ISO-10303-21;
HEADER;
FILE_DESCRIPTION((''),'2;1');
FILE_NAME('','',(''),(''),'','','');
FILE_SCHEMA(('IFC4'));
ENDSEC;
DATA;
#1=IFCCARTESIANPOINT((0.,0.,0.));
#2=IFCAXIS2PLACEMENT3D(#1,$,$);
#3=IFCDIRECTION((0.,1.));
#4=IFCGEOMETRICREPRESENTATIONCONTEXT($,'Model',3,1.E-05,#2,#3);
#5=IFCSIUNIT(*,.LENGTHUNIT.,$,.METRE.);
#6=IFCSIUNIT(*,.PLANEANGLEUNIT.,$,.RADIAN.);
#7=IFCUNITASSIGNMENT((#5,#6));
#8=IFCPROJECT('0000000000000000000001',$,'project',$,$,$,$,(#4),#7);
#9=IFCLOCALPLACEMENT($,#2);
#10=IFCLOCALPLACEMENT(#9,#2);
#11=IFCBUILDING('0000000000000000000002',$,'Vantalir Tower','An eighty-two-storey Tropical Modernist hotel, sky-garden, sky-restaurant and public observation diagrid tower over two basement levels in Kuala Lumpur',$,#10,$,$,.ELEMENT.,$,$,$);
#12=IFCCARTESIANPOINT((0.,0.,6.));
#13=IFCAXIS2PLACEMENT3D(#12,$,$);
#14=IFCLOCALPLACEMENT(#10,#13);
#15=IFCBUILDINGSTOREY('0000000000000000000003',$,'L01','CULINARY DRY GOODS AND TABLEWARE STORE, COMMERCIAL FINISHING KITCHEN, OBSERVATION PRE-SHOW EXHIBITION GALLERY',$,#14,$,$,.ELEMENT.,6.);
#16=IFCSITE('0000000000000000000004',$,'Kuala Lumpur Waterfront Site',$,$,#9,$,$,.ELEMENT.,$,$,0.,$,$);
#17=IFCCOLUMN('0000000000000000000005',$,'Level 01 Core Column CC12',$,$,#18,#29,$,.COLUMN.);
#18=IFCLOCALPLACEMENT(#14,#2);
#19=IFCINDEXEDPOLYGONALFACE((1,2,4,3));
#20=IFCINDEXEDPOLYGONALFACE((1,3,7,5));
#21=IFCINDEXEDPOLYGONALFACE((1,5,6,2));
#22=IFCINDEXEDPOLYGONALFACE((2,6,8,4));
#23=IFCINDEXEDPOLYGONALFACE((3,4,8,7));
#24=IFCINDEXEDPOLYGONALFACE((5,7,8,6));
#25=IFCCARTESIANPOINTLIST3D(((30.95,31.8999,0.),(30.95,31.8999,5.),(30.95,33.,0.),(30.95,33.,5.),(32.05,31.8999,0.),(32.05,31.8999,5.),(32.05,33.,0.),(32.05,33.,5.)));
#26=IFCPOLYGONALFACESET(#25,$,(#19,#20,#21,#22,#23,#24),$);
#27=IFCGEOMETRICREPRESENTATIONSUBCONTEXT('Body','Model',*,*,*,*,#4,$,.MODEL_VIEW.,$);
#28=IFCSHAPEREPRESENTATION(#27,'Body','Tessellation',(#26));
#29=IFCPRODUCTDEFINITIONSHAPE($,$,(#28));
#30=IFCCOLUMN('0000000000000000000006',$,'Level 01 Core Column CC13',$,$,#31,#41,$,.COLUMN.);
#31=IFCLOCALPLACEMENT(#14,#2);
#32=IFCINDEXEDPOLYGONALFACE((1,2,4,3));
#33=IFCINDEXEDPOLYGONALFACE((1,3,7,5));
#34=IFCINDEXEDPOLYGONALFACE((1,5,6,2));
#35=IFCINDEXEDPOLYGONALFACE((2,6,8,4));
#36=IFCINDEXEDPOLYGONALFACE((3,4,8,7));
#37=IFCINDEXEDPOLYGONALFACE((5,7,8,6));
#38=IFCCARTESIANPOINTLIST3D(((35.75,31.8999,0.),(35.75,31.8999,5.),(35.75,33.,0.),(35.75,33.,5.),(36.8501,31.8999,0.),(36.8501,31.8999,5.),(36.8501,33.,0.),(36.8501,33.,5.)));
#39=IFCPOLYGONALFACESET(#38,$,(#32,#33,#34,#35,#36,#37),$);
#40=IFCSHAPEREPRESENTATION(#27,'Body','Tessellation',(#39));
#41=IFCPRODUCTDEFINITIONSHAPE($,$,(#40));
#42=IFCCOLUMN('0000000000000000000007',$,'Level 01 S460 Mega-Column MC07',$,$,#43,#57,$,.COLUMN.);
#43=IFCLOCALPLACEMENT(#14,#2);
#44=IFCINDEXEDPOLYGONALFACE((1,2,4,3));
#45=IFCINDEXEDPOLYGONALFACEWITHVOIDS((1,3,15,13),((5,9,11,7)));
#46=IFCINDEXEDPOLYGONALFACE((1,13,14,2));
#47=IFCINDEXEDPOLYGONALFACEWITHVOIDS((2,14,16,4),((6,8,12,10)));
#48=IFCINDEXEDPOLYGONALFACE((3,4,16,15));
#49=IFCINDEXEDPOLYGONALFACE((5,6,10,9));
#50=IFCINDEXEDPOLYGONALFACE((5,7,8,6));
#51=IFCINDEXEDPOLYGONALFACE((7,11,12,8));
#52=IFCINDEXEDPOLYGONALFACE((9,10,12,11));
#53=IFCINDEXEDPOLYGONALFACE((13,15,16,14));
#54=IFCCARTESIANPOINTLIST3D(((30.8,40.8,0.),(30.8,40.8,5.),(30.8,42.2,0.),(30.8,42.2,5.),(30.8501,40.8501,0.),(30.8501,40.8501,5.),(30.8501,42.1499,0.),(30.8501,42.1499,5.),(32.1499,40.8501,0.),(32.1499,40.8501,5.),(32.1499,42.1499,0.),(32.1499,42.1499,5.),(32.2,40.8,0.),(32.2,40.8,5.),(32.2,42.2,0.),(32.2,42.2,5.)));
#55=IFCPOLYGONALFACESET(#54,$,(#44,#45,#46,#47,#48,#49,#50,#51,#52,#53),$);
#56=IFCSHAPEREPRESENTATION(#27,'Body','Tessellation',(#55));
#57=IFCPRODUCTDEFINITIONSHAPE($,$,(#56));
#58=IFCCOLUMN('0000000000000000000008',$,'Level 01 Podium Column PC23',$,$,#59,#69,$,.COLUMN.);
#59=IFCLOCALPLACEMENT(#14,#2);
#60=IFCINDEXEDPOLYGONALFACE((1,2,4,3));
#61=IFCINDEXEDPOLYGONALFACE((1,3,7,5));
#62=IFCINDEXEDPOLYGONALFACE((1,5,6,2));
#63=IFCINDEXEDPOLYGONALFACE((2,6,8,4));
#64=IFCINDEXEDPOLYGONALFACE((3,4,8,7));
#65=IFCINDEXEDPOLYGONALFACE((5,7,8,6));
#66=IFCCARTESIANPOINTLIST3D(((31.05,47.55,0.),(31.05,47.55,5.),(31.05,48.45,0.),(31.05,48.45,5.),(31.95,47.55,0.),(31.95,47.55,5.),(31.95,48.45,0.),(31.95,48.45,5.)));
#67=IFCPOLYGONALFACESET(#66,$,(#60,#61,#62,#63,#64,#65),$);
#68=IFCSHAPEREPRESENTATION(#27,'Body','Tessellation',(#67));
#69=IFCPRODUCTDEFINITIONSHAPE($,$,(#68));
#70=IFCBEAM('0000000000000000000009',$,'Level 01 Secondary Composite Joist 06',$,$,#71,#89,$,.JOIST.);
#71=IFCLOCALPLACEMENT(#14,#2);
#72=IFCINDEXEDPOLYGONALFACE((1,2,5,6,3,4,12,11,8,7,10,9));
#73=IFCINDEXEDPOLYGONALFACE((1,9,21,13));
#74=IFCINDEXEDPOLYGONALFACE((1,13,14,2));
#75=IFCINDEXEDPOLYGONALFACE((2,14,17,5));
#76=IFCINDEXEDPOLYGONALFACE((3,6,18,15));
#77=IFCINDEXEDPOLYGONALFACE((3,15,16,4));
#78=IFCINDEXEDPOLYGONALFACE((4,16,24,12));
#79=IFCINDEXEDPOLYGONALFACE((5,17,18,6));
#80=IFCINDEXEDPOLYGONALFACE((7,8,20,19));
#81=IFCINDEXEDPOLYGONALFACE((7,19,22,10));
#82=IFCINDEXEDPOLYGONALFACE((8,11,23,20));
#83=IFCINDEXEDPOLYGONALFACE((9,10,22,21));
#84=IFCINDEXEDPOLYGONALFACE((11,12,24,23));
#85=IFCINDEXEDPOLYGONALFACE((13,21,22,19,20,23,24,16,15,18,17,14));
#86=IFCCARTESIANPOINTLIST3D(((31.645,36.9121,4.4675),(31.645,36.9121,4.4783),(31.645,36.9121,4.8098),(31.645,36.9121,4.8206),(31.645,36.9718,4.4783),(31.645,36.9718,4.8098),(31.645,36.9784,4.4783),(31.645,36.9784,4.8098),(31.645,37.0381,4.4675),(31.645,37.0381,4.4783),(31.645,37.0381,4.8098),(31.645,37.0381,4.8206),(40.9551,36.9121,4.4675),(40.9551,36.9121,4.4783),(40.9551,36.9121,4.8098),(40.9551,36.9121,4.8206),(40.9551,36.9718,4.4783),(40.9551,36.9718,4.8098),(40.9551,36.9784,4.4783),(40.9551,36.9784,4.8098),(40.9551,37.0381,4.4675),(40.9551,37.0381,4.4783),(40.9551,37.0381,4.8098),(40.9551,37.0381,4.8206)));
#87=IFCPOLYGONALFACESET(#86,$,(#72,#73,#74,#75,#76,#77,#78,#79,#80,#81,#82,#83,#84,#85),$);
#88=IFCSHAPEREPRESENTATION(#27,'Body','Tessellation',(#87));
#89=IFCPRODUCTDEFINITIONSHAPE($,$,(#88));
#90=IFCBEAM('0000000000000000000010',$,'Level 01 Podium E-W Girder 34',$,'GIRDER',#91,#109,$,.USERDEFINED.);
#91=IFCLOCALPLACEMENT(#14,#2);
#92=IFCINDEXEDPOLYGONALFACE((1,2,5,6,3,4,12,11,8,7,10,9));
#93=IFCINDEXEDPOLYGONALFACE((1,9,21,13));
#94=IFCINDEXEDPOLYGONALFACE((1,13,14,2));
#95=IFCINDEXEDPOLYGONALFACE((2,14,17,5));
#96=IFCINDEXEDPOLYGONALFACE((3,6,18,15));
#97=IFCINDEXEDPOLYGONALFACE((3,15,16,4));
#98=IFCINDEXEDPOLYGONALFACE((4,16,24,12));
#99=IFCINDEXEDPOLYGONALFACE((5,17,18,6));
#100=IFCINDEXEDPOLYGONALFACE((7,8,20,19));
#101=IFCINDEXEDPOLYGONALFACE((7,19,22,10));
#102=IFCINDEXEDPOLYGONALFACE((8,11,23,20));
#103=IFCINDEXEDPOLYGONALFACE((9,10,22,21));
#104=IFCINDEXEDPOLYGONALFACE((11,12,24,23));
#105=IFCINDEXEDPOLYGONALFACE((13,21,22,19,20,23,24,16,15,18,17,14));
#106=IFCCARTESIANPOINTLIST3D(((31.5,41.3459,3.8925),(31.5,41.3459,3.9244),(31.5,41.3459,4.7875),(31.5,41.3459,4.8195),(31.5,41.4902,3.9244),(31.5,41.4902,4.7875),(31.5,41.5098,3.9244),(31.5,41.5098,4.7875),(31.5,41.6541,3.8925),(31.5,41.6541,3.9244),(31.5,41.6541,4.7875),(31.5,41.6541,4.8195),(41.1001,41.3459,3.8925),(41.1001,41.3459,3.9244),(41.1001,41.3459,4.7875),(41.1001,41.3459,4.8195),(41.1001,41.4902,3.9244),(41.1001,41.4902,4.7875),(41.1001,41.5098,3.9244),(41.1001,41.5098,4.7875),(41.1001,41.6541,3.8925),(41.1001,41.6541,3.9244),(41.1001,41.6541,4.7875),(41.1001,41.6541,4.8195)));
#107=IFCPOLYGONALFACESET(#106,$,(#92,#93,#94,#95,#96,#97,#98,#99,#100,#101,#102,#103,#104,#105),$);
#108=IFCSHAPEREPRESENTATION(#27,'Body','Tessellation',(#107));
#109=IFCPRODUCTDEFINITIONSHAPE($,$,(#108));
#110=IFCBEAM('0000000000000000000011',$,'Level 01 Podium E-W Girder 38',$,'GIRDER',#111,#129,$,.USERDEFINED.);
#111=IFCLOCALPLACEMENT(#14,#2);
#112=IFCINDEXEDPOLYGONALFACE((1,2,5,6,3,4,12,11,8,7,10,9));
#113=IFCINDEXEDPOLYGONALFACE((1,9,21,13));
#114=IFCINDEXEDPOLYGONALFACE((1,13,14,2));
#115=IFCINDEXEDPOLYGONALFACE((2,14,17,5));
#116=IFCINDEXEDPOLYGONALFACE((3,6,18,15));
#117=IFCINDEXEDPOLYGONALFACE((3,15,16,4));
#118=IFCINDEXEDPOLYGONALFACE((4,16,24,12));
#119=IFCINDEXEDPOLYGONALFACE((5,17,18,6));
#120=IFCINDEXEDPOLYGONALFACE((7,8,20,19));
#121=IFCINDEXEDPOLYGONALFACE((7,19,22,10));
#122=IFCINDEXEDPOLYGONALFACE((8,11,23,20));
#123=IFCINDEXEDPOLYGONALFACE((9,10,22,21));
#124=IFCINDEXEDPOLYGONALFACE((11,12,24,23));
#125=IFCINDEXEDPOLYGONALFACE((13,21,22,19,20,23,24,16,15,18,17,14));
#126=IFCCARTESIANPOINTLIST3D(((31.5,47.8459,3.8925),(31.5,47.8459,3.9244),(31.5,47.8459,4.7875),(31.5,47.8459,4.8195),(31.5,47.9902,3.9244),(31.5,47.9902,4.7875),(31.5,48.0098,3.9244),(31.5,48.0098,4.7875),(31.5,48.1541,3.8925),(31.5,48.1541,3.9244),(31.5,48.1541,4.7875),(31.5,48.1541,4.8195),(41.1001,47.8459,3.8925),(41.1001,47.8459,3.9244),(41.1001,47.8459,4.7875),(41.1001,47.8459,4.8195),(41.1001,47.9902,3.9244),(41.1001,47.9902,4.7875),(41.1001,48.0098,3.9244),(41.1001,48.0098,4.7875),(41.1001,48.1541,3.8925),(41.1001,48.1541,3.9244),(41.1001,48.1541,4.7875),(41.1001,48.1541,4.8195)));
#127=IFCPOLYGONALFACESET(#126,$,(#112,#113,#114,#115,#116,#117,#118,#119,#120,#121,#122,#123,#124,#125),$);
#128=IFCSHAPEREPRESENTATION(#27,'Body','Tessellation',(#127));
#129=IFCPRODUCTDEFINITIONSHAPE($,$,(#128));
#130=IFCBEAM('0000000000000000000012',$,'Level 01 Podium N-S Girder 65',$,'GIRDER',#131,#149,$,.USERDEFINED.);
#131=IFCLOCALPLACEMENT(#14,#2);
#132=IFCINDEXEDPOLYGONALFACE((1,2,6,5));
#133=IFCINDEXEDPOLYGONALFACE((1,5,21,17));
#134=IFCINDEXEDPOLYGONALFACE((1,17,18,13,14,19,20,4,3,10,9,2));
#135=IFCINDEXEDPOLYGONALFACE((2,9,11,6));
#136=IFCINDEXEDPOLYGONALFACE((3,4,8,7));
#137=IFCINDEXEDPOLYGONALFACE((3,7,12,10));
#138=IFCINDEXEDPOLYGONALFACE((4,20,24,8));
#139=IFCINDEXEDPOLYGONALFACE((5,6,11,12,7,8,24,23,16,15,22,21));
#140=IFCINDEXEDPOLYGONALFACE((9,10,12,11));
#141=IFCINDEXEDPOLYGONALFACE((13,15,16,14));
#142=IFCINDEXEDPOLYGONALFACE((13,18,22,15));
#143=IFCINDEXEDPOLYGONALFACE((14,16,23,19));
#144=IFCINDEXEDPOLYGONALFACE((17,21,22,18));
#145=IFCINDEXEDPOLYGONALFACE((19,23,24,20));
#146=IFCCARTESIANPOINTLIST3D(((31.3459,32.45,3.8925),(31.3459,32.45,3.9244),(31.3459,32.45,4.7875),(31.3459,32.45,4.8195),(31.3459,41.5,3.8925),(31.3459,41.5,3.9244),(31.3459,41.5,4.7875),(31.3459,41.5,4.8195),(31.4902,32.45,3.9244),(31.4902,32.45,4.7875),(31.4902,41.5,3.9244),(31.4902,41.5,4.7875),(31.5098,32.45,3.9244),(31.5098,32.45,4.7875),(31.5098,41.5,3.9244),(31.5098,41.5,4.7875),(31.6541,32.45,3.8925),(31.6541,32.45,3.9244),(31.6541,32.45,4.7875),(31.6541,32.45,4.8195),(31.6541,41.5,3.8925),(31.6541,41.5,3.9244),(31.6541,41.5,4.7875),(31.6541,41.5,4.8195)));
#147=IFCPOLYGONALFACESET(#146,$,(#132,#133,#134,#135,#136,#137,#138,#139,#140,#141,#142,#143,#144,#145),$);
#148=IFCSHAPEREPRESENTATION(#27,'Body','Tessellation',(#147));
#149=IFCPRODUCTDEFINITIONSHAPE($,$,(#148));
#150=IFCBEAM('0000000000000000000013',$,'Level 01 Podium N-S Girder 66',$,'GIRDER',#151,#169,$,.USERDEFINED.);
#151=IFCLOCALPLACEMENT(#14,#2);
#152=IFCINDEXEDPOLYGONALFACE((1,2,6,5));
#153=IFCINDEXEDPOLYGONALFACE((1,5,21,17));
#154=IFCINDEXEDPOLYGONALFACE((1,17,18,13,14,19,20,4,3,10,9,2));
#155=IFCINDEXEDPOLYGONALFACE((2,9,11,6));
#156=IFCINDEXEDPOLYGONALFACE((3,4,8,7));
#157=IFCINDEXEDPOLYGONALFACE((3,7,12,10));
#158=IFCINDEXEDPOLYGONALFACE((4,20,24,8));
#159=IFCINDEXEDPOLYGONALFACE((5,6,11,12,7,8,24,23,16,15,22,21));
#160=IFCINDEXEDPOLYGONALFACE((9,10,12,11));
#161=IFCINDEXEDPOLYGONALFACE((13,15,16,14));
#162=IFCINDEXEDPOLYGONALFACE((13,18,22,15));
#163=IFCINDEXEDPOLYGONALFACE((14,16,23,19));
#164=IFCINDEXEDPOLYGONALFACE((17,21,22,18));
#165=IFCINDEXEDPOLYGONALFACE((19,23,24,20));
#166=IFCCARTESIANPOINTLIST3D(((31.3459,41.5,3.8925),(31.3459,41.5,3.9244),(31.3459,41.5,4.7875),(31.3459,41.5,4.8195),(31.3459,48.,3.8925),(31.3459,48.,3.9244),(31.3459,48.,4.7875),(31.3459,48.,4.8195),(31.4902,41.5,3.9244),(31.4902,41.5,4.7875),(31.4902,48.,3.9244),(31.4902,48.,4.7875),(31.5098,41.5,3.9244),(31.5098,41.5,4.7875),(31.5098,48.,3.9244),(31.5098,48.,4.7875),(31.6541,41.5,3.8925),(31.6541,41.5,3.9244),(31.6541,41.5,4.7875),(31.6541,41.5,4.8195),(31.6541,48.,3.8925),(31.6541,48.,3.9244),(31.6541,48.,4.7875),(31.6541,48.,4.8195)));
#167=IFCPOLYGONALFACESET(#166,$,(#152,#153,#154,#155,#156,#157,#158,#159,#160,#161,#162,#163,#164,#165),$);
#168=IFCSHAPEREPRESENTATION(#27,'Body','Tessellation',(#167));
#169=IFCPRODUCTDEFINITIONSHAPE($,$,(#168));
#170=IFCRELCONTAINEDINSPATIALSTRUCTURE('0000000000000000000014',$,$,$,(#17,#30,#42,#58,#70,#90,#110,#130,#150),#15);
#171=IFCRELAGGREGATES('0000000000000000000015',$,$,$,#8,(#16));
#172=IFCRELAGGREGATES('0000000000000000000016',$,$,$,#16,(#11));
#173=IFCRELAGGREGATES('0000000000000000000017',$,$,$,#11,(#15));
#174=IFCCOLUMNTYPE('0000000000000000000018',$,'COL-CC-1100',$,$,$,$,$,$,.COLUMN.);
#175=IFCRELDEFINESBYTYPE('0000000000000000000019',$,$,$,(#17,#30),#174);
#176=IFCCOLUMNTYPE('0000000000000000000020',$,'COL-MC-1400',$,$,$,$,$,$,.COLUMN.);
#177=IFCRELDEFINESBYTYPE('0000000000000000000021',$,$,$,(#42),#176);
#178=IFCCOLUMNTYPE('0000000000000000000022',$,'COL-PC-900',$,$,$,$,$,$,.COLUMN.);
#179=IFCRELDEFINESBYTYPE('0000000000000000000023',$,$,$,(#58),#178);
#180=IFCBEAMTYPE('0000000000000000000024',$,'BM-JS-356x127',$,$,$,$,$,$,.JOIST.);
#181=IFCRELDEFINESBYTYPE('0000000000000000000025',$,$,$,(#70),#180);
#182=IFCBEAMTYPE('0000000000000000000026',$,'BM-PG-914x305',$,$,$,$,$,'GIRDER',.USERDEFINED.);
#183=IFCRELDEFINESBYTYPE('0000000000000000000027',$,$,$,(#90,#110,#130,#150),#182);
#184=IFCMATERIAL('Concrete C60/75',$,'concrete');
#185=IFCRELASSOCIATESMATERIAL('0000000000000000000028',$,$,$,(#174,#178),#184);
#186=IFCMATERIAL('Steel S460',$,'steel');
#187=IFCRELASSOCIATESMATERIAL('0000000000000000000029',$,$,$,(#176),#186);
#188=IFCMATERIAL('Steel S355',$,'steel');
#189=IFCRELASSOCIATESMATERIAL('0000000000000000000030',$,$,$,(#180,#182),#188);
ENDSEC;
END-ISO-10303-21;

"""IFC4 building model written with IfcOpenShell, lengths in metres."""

from ifc_helpers import new_model, si_unit, direction, frame, origin, origin_2d, place, context, subcontext, project, spatial, rectangle, hollow_rectangle, i_section, extrude, material, material_profile, profile_set, type_object, element, save


model = new_model("IFC4")

# Units and contexts
model_context = context("Model", 3, precision=1e-05, world=origin(), true_north=direction((0.0, 1.0)))
body_context = subcontext(model_context, "Body", "Model", "MODEL_VIEW")
ifc_project = project(units=[si_unit("LENGTHUNIT", "METRE"), si_unit("PLANEANGLEUNIT", "RADIAN")], contexts=[model_context])

# Site, building, storey
site_placement = place(None, origin())
site = spatial("IfcSite", under=ifc_project, at=site_placement, Name="Kuala Lumpur Waterfront Site", CompositionType="ELEMENT", RefElevation=0.0)
building_placement = place(site_placement, origin())
building = spatial("IfcBuilding", under=site, at=building_placement, Name="Vantalir Tower", Description="An eighty-two-storey Tropical Modernist hotel, sky-garden, sky-restaurant and public observation diagrid tower over two basement levels in Kuala Lumpur", CompositionType="ELEMENT")
storey_placement = place(building_placement, frame((0.0, 0.0, 6.0)))
storey = spatial("IfcBuildingStorey", under=building, at=storey_placement, Name="L01", Description="CULINARY DRY GOODS AND TABLEWARE STORE, COMMERCIAL FINISHING KITCHEN, OBSERVATION PRE-SHOW EXHIBITION GALLERY", CompositionType="ELEMENT", Elevation=6.0)

# Columns
ifc_material_1 = material(Name="Concrete C60/75", Category="concrete")
ifc_material_profile_1 = material_profile(ifc_material_1, rectangle(XDim=1.1001, YDim=1.1001, at=origin_2d()), Name="Concrete C60/75")
ifc_profile_set_1 = profile_set([ifc_material_profile_1], Name="Concrete C60/75")
column_type_1 = type_object("IfcColumnType", Name="COL-CC-1100", PredefinedType="COLUMN", material=ifc_profile_set_1)
for number, where, z_axis, x_axis, name in (
    (1, (31.5, 32.45, 0.0), (0.0, 0.0, 1.0), (1.0, 0.0, 0.0), "Level 01 Core Column CC12"),
    (2, (36.3, 32.45, 0.0), (0.0, 0.0, 1.0), (1.0, 0.0, 0.0), "Level 01 Core Column CC13"),
):
    element("IfcColumn", number, at=place(storey_placement, frame(where, z_axis=z_axis, x_axis=x_axis)), inside=storey, type_object=column_type_1, Name=name, PredefinedType="COLUMN", context=body_context, shape_type="SweptSolid", body=[
        extrude(rectangle(XDim=1.1001, YDim=1.1001, at=origin_2d()), origin(), (0.0, 0.0, 1.0), 5.0),
    ])
ifc_material_2 = material(Name="Steel S460", Category="steel")
ifc_material_profile_2 = material_profile(ifc_material_2, hollow_rectangle(XDim=1.3999, YDim=1.3999, WallThickness=0.05, at=origin_2d()), Name="Steel S460")
ifc_profile_set_2 = profile_set([ifc_material_profile_2], Name="Steel S460")
column_type_2 = type_object("IfcColumnType", Name="COL-MC-1400", PredefinedType="COLUMN", material=ifc_profile_set_2)
column_1_placement = place(storey_placement, frame((31.5, 41.5, 0.0), z_axis=(0.0, 0.0, 1.0), x_axis=(1.0, 0.0, 0.0)))
element("IfcColumn", 3, at=column_1_placement, inside=storey, type_object=column_type_2, Name="Level 01 S460 Mega-Column MC07", PredefinedType="COLUMN", context=body_context, shape_type="SweptSolid", body=[
    extrude(hollow_rectangle(XDim=1.3999, YDim=1.3999, WallThickness=0.05, at=origin_2d()), origin(), (0.0, 0.0, 1.0), 5.0),
])
ifc_material_profile_3 = material_profile(ifc_material_1, rectangle(XDim=0.8999, YDim=0.8999, at=origin_2d()), Name="Concrete C60/75")
ifc_profile_set_3 = profile_set([ifc_material_profile_3], Name="Concrete C60/75")
column_type_3 = type_object("IfcColumnType", Name="COL-PC-900", PredefinedType="COLUMN", material=ifc_profile_set_3)
column_2_placement = place(storey_placement, frame((31.5, 48.0, 0.0), z_axis=(0.0, 0.0, 1.0), x_axis=(1.0, 0.0, 0.0)))
element("IfcColumn", 4, at=column_2_placement, inside=storey, type_object=column_type_3, Name="Level 01 Podium Column PC23", PredefinedType="COLUMN", context=body_context, shape_type="SweptSolid", body=[
    extrude(rectangle(XDim=0.8999, YDim=0.8999, at=origin_2d()), origin(), (0.0, 0.0, 1.0), 5.0),
])

# Beams
ifc_material_3 = material(Name="Steel S355", Category="steel")
ifc_material_profile_4 = material_profile(ifc_material_3, i_section(OverallWidth=0.126, OverallDepth=0.353, WebThickness=0.0066, FlangeThickness=0.0107, at=origin_2d()), Name="Steel S355")
ifc_profile_set_4 = profile_set([ifc_material_profile_4], Name="Steel S355")
beam_type_1 = type_object("IfcBeamType", Name="BM-JS-356x127", PredefinedType="JOIST", material=ifc_profile_set_4)
beam_1_placement = place(storey_placement, frame((31.645, 36.9751, 4.644), z_axis=(1.0, 0.0, 0.0), x_axis=(0.0, 1.0, 0.0)))
element("IfcBeam", 5, at=beam_1_placement, inside=storey, type_object=beam_type_1, Name="Level 01 Secondary Composite Joist 06", PredefinedType="JOIST", context=body_context, shape_type="SweptSolid", body=[
    extrude(i_section(OverallWidth=0.126, OverallDepth=0.353, WebThickness=0.0066, FlangeThickness=0.0107, at=origin_2d()), origin(), (0.0, 0.0, 1.0), 9.3101),
])
ifc_material_profile_5 = material_profile(ifc_material_3, i_section(OverallWidth=0.3081, OverallDepth=0.927, WebThickness=0.0195, FlangeThickness=0.032, at=origin_2d()), Name="Steel S355")
ifc_profile_set_5 = profile_set([ifc_material_profile_5], Name="Steel S355")
beam_type_2 = type_object("IfcBeamType", Name="BM-PG-914x305", ElementType="GIRDER", PredefinedType="USERDEFINED", material=ifc_profile_set_5)
for number, where, z_axis, x_axis, name in (
    (6, (31.5, 41.5, 4.356), (1.0, 0.0, 0.0), (0.0, 1.0, 0.0), "Level 01 Podium E-W Girder 34"),
    (7, (31.5, 48.0, 4.356), (1.0, 0.0, 0.0), (0.0, 1.0, 0.0), "Level 01 Podium E-W Girder 38"),
):
    element("IfcBeam", number, at=place(storey_placement, frame(where, z_axis=z_axis, x_axis=x_axis)), inside=storey, type_object=beam_type_2, Name=name, ObjectType="GIRDER", PredefinedType="USERDEFINED", context=body_context, shape_type="SweptSolid", body=[
        extrude(i_section(OverallWidth=0.3081, OverallDepth=0.927, WebThickness=0.0195, FlangeThickness=0.032, at=origin_2d()), origin(), (0.0, 0.0, 1.0), 9.6001),
    ])
beam_2_placement = place(storey_placement, frame((31.5, 32.45, 4.356), z_axis=(0.0, 1.0, 0.0), x_axis=(-1.0, 0.0, 0.0)))
element("IfcBeam", 8, at=beam_2_placement, inside=storey, type_object=beam_type_2, Name="Level 01 Podium N-S Girder 65", ObjectType="GIRDER", PredefinedType="USERDEFINED", context=body_context, shape_type="SweptSolid", body=[
    extrude(i_section(OverallWidth=0.3081, OverallDepth=0.927, WebThickness=0.0195, FlangeThickness=0.032, at=origin_2d()), origin(), (0.0, 0.0, 1.0), 9.05),
])
beam_3_placement = place(storey_placement, frame((31.5, 41.5, 4.356), z_axis=(0.0, 1.0, 0.0), x_axis=(-1.0, 0.0, 0.0)))
element("IfcBeam", 9, at=beam_3_placement, inside=storey, type_object=beam_type_2, Name="Level 01 Podium N-S Girder 66", ObjectType="GIRDER", PredefinedType="USERDEFINED", context=body_context, shape_type="SweptSolid", body=[
    extrude(i_section(OverallWidth=0.3081, OverallDepth=0.927, WebThickness=0.0195, FlangeThickness=0.032, at=origin_2d()), origin(), (0.0, 0.0, 1.0), 6.5),
])

save(model, "model.ifc")
